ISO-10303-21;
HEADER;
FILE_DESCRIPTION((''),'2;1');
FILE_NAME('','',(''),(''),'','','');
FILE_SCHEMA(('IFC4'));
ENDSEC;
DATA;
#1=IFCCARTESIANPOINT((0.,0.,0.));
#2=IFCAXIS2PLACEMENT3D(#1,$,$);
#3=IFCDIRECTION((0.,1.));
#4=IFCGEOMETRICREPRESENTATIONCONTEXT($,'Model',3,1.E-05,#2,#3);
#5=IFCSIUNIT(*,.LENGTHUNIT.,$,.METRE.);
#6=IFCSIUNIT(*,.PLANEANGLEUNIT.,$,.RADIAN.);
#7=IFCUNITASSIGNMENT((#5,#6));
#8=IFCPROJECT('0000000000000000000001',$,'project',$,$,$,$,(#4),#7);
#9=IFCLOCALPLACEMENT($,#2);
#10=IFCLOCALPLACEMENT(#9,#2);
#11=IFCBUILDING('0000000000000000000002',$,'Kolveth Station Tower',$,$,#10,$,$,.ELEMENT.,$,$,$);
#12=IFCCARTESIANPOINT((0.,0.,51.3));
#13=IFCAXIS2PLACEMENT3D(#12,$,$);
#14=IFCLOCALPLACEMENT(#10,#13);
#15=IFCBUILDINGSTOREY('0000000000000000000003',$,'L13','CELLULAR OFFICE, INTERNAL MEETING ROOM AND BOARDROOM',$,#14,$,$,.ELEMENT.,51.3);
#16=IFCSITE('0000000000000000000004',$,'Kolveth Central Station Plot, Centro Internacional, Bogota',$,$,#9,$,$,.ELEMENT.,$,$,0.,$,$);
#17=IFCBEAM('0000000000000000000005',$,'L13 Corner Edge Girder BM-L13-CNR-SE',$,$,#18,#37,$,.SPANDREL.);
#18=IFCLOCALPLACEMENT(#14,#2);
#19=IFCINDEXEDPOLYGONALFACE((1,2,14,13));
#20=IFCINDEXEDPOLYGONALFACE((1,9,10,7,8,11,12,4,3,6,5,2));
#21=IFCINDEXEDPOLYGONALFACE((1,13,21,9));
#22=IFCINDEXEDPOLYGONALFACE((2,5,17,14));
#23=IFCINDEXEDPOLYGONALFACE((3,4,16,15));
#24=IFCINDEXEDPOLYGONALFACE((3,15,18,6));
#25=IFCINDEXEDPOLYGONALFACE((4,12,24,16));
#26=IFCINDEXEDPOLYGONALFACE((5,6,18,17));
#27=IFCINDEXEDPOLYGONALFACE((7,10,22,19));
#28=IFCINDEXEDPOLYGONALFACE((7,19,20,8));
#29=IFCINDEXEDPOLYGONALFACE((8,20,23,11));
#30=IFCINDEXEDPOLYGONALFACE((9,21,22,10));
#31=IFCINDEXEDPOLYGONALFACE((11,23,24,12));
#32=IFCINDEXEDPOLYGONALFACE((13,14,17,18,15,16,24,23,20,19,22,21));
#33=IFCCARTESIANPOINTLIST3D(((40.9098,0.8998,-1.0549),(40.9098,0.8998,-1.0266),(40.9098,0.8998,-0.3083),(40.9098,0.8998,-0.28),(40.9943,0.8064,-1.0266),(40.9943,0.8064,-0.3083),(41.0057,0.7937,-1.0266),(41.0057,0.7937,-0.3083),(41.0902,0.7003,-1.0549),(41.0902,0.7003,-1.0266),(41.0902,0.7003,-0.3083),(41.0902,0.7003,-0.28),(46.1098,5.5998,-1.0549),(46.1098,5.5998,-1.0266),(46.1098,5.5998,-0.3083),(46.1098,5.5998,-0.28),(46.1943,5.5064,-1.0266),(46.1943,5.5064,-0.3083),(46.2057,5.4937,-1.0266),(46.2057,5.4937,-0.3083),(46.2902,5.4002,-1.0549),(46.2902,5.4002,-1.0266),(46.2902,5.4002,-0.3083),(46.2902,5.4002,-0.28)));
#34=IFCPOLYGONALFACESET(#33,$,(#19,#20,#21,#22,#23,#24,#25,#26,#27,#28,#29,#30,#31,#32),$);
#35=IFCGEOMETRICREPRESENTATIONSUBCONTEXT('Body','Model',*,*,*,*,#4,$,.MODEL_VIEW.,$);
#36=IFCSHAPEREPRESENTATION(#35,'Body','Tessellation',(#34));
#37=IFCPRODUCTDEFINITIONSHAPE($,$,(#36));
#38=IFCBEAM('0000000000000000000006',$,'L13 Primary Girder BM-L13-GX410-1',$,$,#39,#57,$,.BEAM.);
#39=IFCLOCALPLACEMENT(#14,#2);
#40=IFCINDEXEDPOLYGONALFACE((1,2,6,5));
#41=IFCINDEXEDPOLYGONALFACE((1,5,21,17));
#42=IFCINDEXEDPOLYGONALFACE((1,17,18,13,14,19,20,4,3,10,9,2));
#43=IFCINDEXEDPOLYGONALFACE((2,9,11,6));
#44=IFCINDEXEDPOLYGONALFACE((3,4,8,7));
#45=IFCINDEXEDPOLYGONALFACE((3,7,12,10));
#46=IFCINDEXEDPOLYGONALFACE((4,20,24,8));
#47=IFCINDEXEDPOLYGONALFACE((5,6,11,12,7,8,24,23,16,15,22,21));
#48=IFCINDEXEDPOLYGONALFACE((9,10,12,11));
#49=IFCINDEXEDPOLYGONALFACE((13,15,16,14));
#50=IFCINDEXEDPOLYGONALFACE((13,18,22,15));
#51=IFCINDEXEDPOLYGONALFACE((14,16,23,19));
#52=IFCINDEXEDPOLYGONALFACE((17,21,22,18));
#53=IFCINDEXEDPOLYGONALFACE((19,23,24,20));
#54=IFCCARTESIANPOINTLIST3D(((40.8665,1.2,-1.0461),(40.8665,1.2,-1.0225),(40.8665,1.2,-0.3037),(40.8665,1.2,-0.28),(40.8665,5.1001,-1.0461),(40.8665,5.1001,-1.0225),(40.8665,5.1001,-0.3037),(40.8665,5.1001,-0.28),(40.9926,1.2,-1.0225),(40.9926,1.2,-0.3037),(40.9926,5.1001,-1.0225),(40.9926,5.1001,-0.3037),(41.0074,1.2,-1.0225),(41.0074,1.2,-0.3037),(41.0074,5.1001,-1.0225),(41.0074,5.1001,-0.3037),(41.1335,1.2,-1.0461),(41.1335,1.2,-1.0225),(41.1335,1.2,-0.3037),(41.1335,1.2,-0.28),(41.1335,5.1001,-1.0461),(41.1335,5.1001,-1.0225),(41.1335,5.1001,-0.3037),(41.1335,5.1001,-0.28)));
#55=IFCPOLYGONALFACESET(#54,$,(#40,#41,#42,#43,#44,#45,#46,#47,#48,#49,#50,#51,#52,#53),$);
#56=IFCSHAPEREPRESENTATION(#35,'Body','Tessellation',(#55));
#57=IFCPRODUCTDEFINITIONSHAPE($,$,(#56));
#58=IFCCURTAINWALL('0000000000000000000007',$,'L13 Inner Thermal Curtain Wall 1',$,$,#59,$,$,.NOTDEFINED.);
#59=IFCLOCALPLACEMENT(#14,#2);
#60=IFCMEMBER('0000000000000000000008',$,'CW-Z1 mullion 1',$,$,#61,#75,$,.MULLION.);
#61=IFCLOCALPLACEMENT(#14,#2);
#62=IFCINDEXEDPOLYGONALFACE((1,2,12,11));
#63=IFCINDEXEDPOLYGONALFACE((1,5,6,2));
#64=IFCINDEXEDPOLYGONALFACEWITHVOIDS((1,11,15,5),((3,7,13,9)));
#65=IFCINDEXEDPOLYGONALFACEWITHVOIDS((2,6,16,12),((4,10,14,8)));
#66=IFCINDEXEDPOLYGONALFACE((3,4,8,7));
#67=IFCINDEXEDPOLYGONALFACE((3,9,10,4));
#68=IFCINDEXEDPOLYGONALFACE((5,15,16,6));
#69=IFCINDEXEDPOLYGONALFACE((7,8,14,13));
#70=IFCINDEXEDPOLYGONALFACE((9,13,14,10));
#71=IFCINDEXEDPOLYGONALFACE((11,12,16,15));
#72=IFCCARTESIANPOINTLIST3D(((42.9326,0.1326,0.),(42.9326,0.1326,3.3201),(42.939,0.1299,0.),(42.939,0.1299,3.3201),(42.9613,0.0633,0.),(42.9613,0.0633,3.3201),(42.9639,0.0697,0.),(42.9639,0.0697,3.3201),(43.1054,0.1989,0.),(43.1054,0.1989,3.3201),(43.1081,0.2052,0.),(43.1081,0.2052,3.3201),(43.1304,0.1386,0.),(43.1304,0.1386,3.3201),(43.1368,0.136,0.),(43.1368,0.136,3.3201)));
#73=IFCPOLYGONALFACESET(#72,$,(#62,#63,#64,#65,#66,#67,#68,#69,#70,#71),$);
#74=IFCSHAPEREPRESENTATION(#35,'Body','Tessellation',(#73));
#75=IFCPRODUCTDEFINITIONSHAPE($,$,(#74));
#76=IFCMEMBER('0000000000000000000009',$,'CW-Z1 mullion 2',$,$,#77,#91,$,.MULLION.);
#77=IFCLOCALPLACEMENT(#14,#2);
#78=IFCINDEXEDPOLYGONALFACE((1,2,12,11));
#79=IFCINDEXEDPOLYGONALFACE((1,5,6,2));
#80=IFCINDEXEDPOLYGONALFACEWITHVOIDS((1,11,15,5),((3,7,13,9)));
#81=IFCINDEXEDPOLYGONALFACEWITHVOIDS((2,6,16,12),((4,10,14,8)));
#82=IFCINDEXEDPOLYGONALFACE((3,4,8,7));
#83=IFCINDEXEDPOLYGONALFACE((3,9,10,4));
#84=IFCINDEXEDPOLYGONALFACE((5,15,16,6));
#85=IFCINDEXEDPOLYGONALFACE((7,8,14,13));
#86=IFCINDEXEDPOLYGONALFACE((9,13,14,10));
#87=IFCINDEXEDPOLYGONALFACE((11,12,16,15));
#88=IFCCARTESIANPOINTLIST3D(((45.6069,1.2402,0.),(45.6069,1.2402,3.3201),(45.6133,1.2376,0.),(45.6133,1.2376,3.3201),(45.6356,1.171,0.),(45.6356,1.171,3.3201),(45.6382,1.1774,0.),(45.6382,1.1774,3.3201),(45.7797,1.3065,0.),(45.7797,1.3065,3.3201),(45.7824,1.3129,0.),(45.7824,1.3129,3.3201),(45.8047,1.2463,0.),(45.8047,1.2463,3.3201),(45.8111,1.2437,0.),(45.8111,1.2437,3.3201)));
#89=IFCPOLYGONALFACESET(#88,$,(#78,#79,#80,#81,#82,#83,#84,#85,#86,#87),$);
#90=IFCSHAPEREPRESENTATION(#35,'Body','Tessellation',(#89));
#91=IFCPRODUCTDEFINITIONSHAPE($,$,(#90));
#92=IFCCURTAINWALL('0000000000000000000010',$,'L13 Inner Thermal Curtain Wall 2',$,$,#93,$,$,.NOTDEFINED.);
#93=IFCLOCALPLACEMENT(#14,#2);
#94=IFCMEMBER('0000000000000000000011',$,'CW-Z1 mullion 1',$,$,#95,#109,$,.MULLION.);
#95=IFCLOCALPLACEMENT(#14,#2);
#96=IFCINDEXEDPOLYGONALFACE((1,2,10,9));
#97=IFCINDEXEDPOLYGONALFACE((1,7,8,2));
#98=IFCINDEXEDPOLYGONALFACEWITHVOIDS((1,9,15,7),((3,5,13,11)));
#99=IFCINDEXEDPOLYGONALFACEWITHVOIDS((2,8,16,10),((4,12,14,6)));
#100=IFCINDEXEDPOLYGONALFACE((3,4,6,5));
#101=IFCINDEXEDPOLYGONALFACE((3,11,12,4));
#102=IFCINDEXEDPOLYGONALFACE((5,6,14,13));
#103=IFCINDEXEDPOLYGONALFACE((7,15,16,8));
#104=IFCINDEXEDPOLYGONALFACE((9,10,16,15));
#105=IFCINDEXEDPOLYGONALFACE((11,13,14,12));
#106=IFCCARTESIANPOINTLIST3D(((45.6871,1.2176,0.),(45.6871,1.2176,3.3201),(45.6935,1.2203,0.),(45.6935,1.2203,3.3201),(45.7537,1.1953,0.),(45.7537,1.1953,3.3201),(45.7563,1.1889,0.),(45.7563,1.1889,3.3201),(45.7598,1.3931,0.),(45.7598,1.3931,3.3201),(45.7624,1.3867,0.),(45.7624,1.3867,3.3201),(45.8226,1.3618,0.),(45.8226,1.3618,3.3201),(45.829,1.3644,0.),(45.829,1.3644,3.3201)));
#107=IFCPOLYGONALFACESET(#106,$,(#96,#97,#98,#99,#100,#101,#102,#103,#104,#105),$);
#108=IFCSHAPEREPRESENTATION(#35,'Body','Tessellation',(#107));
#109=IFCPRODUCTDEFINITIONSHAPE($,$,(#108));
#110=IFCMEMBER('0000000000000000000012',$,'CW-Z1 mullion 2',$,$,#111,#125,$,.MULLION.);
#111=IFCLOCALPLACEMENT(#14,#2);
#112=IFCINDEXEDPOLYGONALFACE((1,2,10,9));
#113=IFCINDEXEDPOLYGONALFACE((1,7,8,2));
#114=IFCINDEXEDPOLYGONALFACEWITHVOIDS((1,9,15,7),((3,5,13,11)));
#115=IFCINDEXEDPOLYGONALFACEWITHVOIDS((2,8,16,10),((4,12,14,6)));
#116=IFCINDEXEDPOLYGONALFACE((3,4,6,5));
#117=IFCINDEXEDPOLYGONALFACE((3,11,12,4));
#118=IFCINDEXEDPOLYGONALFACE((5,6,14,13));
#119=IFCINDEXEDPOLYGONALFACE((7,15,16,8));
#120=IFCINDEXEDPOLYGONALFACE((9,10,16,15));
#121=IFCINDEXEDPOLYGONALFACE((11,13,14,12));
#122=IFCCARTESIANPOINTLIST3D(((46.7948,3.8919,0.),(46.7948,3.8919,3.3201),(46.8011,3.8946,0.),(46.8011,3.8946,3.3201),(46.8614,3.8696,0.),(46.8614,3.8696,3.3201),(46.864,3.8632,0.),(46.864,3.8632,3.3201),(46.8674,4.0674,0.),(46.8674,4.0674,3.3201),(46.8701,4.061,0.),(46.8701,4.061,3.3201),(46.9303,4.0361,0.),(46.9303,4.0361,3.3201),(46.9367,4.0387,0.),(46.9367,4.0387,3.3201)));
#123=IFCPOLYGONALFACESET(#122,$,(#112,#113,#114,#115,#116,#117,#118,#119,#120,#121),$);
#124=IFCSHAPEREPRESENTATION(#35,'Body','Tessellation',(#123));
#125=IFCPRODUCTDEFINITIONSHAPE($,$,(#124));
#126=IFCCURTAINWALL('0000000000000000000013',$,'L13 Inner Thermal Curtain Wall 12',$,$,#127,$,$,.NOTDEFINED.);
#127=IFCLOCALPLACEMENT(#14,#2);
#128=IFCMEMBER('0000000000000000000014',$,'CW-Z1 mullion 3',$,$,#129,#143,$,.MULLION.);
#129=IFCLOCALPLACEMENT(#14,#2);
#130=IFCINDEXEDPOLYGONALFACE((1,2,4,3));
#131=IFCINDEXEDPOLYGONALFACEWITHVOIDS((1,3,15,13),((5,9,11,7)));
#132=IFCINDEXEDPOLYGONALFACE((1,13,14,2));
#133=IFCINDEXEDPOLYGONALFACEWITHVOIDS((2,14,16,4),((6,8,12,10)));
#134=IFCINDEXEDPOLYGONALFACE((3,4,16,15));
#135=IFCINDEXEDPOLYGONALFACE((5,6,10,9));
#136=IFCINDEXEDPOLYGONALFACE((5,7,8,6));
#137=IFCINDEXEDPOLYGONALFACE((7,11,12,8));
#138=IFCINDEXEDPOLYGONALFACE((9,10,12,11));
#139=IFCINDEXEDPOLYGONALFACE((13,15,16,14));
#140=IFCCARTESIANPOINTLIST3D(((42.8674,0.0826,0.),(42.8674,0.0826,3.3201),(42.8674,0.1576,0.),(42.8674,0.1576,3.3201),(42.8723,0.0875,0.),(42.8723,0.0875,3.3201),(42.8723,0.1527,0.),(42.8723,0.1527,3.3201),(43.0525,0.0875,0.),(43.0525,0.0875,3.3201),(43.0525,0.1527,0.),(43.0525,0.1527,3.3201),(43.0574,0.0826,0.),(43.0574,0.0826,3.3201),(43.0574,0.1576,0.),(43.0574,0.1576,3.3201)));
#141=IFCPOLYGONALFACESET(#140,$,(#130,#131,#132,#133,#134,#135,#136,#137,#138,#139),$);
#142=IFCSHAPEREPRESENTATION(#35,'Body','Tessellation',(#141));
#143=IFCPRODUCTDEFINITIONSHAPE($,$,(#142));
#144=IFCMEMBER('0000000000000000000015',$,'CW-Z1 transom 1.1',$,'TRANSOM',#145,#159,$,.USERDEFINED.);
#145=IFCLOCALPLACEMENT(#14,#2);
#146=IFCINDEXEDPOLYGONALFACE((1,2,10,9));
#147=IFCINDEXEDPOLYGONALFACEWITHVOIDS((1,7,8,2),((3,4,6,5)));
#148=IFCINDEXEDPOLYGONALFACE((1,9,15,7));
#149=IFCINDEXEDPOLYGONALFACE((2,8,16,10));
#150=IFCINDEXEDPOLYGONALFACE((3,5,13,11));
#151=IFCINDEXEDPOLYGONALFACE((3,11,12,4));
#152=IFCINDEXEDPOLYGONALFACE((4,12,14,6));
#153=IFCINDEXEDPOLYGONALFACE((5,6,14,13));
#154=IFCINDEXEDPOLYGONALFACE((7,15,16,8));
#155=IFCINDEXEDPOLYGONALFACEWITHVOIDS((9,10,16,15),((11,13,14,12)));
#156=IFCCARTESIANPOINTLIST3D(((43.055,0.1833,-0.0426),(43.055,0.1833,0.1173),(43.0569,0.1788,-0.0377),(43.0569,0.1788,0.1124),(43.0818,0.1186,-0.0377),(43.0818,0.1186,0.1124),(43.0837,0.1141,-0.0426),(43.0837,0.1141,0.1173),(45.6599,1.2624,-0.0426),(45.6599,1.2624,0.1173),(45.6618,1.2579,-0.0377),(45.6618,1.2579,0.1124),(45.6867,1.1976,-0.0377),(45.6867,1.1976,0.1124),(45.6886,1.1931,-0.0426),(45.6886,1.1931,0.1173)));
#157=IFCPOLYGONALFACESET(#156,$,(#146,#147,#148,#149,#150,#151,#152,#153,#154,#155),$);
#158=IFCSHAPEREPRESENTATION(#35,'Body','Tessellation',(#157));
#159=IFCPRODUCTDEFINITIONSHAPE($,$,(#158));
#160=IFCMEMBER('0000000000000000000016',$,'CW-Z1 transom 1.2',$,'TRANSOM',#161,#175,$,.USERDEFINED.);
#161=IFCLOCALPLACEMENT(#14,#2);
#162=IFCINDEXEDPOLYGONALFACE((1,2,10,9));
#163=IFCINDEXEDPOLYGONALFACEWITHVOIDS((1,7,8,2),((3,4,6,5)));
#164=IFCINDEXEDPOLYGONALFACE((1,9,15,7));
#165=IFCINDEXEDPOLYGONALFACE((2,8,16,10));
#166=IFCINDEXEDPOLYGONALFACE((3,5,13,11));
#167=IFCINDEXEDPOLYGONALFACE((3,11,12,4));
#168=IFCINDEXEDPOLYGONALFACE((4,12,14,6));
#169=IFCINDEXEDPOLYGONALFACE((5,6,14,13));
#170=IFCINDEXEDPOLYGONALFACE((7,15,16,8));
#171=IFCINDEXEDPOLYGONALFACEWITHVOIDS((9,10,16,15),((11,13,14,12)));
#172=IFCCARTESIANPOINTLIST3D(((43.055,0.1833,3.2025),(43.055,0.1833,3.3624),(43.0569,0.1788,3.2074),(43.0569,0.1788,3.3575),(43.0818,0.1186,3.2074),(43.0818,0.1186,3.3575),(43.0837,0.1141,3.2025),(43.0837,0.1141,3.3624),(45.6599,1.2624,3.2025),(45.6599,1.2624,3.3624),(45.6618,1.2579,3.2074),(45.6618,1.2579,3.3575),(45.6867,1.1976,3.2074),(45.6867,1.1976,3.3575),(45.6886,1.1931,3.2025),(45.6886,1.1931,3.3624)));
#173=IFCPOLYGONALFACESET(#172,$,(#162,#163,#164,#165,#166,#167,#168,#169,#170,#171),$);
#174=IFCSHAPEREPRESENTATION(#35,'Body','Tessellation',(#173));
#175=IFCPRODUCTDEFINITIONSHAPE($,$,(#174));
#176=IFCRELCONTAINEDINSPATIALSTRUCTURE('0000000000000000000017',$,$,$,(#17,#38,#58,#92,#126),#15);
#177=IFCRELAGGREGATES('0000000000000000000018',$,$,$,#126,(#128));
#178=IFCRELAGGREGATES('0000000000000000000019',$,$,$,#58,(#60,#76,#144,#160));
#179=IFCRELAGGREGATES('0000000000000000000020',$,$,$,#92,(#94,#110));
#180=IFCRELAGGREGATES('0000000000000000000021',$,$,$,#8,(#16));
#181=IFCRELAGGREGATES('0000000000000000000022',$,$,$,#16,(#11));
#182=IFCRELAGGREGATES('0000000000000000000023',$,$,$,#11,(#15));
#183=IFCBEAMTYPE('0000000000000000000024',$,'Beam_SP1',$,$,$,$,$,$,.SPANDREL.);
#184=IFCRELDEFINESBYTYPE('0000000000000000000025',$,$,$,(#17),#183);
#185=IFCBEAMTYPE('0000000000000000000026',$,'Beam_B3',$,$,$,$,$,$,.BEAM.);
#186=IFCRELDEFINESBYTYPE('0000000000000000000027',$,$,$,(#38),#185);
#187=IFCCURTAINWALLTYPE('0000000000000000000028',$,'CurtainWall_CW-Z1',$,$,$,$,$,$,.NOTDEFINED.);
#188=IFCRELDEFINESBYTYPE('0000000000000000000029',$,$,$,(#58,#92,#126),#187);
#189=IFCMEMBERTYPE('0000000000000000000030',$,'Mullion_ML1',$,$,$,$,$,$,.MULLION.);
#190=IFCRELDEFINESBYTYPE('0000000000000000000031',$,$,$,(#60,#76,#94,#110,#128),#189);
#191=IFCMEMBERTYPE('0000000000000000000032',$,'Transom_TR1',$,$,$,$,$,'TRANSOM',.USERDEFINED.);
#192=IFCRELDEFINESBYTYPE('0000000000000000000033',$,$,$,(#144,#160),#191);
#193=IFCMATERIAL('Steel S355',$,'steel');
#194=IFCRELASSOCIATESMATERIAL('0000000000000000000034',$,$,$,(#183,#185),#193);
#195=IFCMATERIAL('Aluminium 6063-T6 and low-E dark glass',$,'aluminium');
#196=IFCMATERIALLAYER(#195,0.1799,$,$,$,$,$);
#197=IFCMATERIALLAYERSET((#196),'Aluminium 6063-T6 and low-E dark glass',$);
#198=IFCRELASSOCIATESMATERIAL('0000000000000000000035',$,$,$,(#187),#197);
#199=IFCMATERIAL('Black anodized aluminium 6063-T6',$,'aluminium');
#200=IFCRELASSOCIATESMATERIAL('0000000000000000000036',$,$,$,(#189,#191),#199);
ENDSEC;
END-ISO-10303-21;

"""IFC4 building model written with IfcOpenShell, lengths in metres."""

from ifc_helpers import new_model, si_unit, direction, frame, origin, origin_2d, place, context, subcontext, project, spatial, hollow_rectangle, i_section, extrude, source, transform, mapped, material, layer, layer_set, material_profile, profile_set, type_object, element, aggregate, save


model = new_model("IFC4")

# Units and contexts
model_context = context("Model", 3, precision=1e-05, world=origin(), true_north=direction((0.0, 1.0)))
body_context = subcontext(model_context, "Body", "Model", "MODEL_VIEW")
ifc_project = project(units=[si_unit("LENGTHUNIT", "METRE"), si_unit("PLANEANGLEUNIT", "RADIAN")], contexts=[model_context])

# Site, building, storey
site_placement = place(None, origin())
site = spatial("IfcSite", under=ifc_project, at=site_placement, Name="Kolveth Central Station Plot, Centro Internacional, Bogota", CompositionType="ELEMENT", RefElevation=0.0)
building_placement = place(site_placement, origin())
building = spatial("IfcBuilding", under=site, at=building_placement, Name="Kolveth Station Tower", CompositionType="ELEMENT")
storey_placement = place(building_placement, frame((0.0, 0.0, 51.3)))
storey = spatial("IfcBuildingStorey", under=building, at=storey_placement, Name="L13", Description="CELLULAR OFFICE, INTERNAL MEETING ROOM AND BOARDROOM", CompositionType="ELEMENT", Elevation=51.3)

# Beams
ifc_material_1 = material(Name="Steel S355", Category="steel")
ifc_material_profile_1 = material_profile(ifc_material_1, i_section(OverallWidth=0.269, OverallDepth=0.7749, WebThickness=0.0171, FlangeThickness=0.0283, at=origin_2d()), Name="W760x220")
ifc_profile_set_1 = profile_set([ifc_material_profile_1], Name="Steel S355")
beam_type_1 = type_object("IfcBeamType", Name="Beam_SP1", PredefinedType="SPANDREL", material=ifc_profile_set_1)
shared_shape_1 = source(origin(), body_context, "Body", "SweptSolid", [
    extrude(i_section(OverallWidth=0.269, OverallDepth=0.7749, WebThickness=0.0171, FlangeThickness=0.0283, at=origin_2d()), origin(), (0.0, 0.0, 1.0), 7.0093),
])
beam_1_placement = place(storey_placement, frame((41.0, 0.8, -0.6675), z_axis=(0.741874, 0.670539, 0.0), x_axis=(-0.670539, 0.741874, 0.0)))
element("IfcBeam", 1, at=beam_1_placement, inside=storey, type_object=beam_type_1, Name="L13 Corner Edge Girder BM-L13-CNR-SE", PredefinedType="SPANDREL", context=body_context, shape_type="MappedRepresentation", body=[
    mapped(shared_shape_1, transform((0.0, 0.0, 0.0), x_axis=(1.0, 0.0, 0.0), y_axis=(0.0, 1.0, 0.0), z_axis=(0.0, 0.0, 1.0), scale=1.0)),
])
ifc_material_profile_2 = material_profile(ifc_material_1, i_section(OverallWidth=0.2671, OverallDepth=0.7661, WebThickness=0.0149, FlangeThickness=0.0237, at=origin_2d()), Name="W760x185")
ifc_profile_set_2 = profile_set([ifc_material_profile_2], Name="Steel S355")
beam_type_2 = type_object("IfcBeamType", Name="Beam_B3", PredefinedType="BEAM", material=ifc_profile_set_2)
shared_shape_2 = source(origin(), body_context, "Body", "SweptSolid", [
    extrude(i_section(OverallWidth=0.2671, OverallDepth=0.7661, WebThickness=0.0149, FlangeThickness=0.0237, at=origin_2d()), origin(), (0.0, 0.0, 1.0), 3.9001),
])
beam_2_placement = place(storey_placement, frame((41.0, 1.2, -0.6631), z_axis=(0.0, 1.0, 0.0), x_axis=(-1.0, 0.0, 0.0)))
element("IfcBeam", 2, at=beam_2_placement, inside=storey, type_object=beam_type_2, Name="L13 Primary Girder BM-L13-GX410-1", PredefinedType="BEAM", context=body_context, shape_type="MappedRepresentation", body=[
    mapped(shared_shape_2, transform((0.0, 0.0, 0.0), x_axis=(1.0, 0.0, 0.0), y_axis=(0.0, 1.0, 0.0), z_axis=(0.0, 0.0, 1.0), scale=1.0)),
])

# Curtain walls, members
ifc_material_2 = material(Name="Aluminium 6063-T6 and low-E dark glass", Category="aluminium")
ifc_layer_1 = layer(ifc_material_2, 0.1799)
ifc_layer_set_1 = layer_set([ifc_layer_1], Name="Aluminium 6063-T6 and low-E dark glass")
curtain_wall_type_1 = type_object("IfcCurtainWallType", Name="CurtainWall_CW-Z1", PredefinedType="NOTDEFINED", material=ifc_layer_set_1)
curtain_wall_1_placement = place(storey_placement, origin())
curtain_wall_1 = element("IfcCurtainWall", 3, at=curtain_wall_1_placement, inside=storey, type_object=curtain_wall_type_1, Name="L13 Inner Thermal Curtain Wall 1", PredefinedType="NOTDEFINED")
ifc_material_3 = material(Name="Black anodized aluminium 6063-T6", Category="aluminium")
ifc_material_profile_3 = material_profile(ifc_material_3, hollow_rectangle(XDim=0.075, YDim=0.1899, WallThickness=0.0049, at=origin_2d()), Name="ALU-75x190x5")
ifc_profile_set_3 = profile_set([ifc_material_profile_3], Name="Black anodized aluminium 6063-T6")
member_type_1 = type_object("IfcMemberType", Name="Mullion_ML1", PredefinedType="MULLION", material=ifc_profile_set_3)
shared_shape_3 = source(origin(), body_context, "Body", "SweptSolid", [
    extrude(hollow_rectangle(XDim=0.075, YDim=0.1899, WallThickness=0.0049, at=origin_2d()), origin(), (0.0, 0.0, 1.0), 3.3201),
])
member_1_placement = place(storey_placement, frame((43.0347, 0.1343, 0.0), z_axis=(0.0, 0.0, 1.0), x_axis=(-0.382673, 0.923884, 0.0)))
member_1 = element("IfcMember", 4, at=member_1_placement, type_object=member_type_1, Name="CW-Z1 mullion 1", PredefinedType="MULLION", context=body_context, shape_type="MappedRepresentation", body=[
    mapped(shared_shape_3, transform((0.0, 0.0, 0.0), x_axis=(1.0, 0.0, 0.0), y_axis=(0.0, 1.0, 0.0), z_axis=(0.0, 0.0, 1.0), scale=1.0)),
])
member_2_placement = place(storey_placement, frame((45.709, 1.2419, 0.0), z_axis=(0.0, 0.0, 1.0), x_axis=(-0.382673, 0.923884, 0.0)))
member_2 = element("IfcMember", 5, at=member_2_placement, type_object=member_type_1, Name="CW-Z1 mullion 2", PredefinedType="MULLION", context=body_context, shape_type="MappedRepresentation", body=[
    mapped(shared_shape_3, transform((0.0, 0.0, 0.0), x_axis=(1.0, 0.0, 0.0), y_axis=(0.0, 1.0, 0.0), z_axis=(0.0, 0.0, 1.0), scale=1.0)),
])
curtain_wall_2_placement = place(storey_placement, origin())
curtain_wall_2 = element("IfcCurtainWall", 6, at=curtain_wall_2_placement, inside=storey, type_object=curtain_wall_type_1, Name="L13 Inner Thermal Curtain Wall 2", PredefinedType="NOTDEFINED")
member_3_placement = place(storey_placement, frame((45.7581, 1.291, 0.0), z_axis=(0.0, 0.0, 1.0), x_axis=(-0.923884, 0.382673, 0.0)))
member_3 = element("IfcMember", 7, at=member_3_placement, type_object=member_type_1, Name="CW-Z1 mullion 1", PredefinedType="MULLION", context=body_context, shape_type="MappedRepresentation", body=[
    mapped(shared_shape_3, transform((0.0, 0.0, 0.0), x_axis=(1.0, 0.0, 0.0), y_axis=(0.0, 1.0, 0.0), z_axis=(0.0, 0.0, 1.0), scale=1.0)),
])
member_4_placement = place(storey_placement, frame((46.8657, 3.9653, 0.0), z_axis=(0.0, 0.0, 1.0), x_axis=(-0.923884, 0.382673, 0.0)))
member_4 = element("IfcMember", 8, at=member_4_placement, type_object=member_type_1, Name="CW-Z1 mullion 2", PredefinedType="MULLION", context=body_context, shape_type="MappedRepresentation", body=[
    mapped(shared_shape_3, transform((0.0, 0.0, 0.0), x_axis=(1.0, 0.0, 0.0), y_axis=(0.0, 1.0, 0.0), z_axis=(0.0, 0.0, 1.0), scale=1.0)),
])

# Curtain wall, member
curtain_wall_3_placement = place(storey_placement, origin())
curtain_wall_3 = element("IfcCurtainWall", 9, at=curtain_wall_3_placement, inside=storey, type_object=curtain_wall_type_1, Name="L13 Inner Thermal Curtain Wall 12", PredefinedType="NOTDEFINED")
member_5_placement = place(storey_placement, frame((42.9624, 0.1201, 0.0), z_axis=(0.0, 0.0, 1.0), x_axis=(0.0, 1.0, 0.0)))
member_5 = element("IfcMember", 10, at=member_5_placement, type_object=member_type_1, Name="CW-Z1 mullion 3", PredefinedType="MULLION", context=body_context, shape_type="MappedRepresentation", body=[
    mapped(shared_shape_3, transform((0.0, 0.0, 0.0), x_axis=(1.0, 0.0, 0.0), y_axis=(0.0, 1.0, 0.0), z_axis=(0.0, 0.0, 1.0), scale=1.0)),
])
aggregate(curtain_wall_3, [member_5])

# Members
ifc_material_profile_4 = material_profile(ifc_material_3, hollow_rectangle(XDim=0.075, YDim=0.1599, WallThickness=0.0049, at=origin_2d()), Name="ALU-75x160x5")
ifc_profile_set_4 = profile_set([ifc_material_profile_4], Name="Black anodized aluminium 6063-T6")
member_type_2 = type_object("IfcMemberType", Name="Transom_TR1", ElementType="TRANSOM", PredefinedType="USERDEFINED", material=ifc_profile_set_4)
shared_shape_4 = source(origin(), body_context, "Body", "SweptSolid", [
    extrude(hollow_rectangle(XDim=0.075, YDim=0.1599, WallThickness=0.0049, at=origin_2d()), origin(), (0.0, 0.0, 1.0), 2.8196),
])
member_6_placement = place(storey_placement, frame((43.0693, 0.1487, 0.0374), z_axis=(0.923869, 0.382709, 0.0), x_axis=(-0.382709, 0.923869, 0.0)))
member_6 = element("IfcMember", 11, at=member_6_placement, type_object=member_type_2, Name="CW-Z1 transom 1.1", ObjectType="TRANSOM", PredefinedType="USERDEFINED", context=body_context, shape_type="MappedRepresentation", body=[
    mapped(shared_shape_4, transform((0.0, 0.0, 0.0), x_axis=(1.0, 0.0, 0.0), y_axis=(0.0, 1.0, 0.0), z_axis=(0.0, 0.0, 1.0), scale=1.0)),
])
member_7_placement = place(storey_placement, frame((43.0693, 0.1487, 3.2825), z_axis=(0.923869, 0.382709, 0.0), x_axis=(-0.382709, 0.923869, 0.0)))
member_7 = element("IfcMember", 12, at=member_7_placement, type_object=member_type_2, Name="CW-Z1 transom 1.2", ObjectType="TRANSOM", PredefinedType="USERDEFINED", context=body_context, shape_type="MappedRepresentation", body=[
    mapped(shared_shape_4, transform((0.0, 0.0, 0.0), x_axis=(1.0, 0.0, 0.0), y_axis=(0.0, 1.0, 0.0), z_axis=(0.0, 0.0, 1.0), scale=1.0)),
])

aggregate(curtain_wall_1, [member_1, member_2, member_6, member_7])
aggregate(curtain_wall_2, [member_3, member_4])

save(model, "model.ifc")
